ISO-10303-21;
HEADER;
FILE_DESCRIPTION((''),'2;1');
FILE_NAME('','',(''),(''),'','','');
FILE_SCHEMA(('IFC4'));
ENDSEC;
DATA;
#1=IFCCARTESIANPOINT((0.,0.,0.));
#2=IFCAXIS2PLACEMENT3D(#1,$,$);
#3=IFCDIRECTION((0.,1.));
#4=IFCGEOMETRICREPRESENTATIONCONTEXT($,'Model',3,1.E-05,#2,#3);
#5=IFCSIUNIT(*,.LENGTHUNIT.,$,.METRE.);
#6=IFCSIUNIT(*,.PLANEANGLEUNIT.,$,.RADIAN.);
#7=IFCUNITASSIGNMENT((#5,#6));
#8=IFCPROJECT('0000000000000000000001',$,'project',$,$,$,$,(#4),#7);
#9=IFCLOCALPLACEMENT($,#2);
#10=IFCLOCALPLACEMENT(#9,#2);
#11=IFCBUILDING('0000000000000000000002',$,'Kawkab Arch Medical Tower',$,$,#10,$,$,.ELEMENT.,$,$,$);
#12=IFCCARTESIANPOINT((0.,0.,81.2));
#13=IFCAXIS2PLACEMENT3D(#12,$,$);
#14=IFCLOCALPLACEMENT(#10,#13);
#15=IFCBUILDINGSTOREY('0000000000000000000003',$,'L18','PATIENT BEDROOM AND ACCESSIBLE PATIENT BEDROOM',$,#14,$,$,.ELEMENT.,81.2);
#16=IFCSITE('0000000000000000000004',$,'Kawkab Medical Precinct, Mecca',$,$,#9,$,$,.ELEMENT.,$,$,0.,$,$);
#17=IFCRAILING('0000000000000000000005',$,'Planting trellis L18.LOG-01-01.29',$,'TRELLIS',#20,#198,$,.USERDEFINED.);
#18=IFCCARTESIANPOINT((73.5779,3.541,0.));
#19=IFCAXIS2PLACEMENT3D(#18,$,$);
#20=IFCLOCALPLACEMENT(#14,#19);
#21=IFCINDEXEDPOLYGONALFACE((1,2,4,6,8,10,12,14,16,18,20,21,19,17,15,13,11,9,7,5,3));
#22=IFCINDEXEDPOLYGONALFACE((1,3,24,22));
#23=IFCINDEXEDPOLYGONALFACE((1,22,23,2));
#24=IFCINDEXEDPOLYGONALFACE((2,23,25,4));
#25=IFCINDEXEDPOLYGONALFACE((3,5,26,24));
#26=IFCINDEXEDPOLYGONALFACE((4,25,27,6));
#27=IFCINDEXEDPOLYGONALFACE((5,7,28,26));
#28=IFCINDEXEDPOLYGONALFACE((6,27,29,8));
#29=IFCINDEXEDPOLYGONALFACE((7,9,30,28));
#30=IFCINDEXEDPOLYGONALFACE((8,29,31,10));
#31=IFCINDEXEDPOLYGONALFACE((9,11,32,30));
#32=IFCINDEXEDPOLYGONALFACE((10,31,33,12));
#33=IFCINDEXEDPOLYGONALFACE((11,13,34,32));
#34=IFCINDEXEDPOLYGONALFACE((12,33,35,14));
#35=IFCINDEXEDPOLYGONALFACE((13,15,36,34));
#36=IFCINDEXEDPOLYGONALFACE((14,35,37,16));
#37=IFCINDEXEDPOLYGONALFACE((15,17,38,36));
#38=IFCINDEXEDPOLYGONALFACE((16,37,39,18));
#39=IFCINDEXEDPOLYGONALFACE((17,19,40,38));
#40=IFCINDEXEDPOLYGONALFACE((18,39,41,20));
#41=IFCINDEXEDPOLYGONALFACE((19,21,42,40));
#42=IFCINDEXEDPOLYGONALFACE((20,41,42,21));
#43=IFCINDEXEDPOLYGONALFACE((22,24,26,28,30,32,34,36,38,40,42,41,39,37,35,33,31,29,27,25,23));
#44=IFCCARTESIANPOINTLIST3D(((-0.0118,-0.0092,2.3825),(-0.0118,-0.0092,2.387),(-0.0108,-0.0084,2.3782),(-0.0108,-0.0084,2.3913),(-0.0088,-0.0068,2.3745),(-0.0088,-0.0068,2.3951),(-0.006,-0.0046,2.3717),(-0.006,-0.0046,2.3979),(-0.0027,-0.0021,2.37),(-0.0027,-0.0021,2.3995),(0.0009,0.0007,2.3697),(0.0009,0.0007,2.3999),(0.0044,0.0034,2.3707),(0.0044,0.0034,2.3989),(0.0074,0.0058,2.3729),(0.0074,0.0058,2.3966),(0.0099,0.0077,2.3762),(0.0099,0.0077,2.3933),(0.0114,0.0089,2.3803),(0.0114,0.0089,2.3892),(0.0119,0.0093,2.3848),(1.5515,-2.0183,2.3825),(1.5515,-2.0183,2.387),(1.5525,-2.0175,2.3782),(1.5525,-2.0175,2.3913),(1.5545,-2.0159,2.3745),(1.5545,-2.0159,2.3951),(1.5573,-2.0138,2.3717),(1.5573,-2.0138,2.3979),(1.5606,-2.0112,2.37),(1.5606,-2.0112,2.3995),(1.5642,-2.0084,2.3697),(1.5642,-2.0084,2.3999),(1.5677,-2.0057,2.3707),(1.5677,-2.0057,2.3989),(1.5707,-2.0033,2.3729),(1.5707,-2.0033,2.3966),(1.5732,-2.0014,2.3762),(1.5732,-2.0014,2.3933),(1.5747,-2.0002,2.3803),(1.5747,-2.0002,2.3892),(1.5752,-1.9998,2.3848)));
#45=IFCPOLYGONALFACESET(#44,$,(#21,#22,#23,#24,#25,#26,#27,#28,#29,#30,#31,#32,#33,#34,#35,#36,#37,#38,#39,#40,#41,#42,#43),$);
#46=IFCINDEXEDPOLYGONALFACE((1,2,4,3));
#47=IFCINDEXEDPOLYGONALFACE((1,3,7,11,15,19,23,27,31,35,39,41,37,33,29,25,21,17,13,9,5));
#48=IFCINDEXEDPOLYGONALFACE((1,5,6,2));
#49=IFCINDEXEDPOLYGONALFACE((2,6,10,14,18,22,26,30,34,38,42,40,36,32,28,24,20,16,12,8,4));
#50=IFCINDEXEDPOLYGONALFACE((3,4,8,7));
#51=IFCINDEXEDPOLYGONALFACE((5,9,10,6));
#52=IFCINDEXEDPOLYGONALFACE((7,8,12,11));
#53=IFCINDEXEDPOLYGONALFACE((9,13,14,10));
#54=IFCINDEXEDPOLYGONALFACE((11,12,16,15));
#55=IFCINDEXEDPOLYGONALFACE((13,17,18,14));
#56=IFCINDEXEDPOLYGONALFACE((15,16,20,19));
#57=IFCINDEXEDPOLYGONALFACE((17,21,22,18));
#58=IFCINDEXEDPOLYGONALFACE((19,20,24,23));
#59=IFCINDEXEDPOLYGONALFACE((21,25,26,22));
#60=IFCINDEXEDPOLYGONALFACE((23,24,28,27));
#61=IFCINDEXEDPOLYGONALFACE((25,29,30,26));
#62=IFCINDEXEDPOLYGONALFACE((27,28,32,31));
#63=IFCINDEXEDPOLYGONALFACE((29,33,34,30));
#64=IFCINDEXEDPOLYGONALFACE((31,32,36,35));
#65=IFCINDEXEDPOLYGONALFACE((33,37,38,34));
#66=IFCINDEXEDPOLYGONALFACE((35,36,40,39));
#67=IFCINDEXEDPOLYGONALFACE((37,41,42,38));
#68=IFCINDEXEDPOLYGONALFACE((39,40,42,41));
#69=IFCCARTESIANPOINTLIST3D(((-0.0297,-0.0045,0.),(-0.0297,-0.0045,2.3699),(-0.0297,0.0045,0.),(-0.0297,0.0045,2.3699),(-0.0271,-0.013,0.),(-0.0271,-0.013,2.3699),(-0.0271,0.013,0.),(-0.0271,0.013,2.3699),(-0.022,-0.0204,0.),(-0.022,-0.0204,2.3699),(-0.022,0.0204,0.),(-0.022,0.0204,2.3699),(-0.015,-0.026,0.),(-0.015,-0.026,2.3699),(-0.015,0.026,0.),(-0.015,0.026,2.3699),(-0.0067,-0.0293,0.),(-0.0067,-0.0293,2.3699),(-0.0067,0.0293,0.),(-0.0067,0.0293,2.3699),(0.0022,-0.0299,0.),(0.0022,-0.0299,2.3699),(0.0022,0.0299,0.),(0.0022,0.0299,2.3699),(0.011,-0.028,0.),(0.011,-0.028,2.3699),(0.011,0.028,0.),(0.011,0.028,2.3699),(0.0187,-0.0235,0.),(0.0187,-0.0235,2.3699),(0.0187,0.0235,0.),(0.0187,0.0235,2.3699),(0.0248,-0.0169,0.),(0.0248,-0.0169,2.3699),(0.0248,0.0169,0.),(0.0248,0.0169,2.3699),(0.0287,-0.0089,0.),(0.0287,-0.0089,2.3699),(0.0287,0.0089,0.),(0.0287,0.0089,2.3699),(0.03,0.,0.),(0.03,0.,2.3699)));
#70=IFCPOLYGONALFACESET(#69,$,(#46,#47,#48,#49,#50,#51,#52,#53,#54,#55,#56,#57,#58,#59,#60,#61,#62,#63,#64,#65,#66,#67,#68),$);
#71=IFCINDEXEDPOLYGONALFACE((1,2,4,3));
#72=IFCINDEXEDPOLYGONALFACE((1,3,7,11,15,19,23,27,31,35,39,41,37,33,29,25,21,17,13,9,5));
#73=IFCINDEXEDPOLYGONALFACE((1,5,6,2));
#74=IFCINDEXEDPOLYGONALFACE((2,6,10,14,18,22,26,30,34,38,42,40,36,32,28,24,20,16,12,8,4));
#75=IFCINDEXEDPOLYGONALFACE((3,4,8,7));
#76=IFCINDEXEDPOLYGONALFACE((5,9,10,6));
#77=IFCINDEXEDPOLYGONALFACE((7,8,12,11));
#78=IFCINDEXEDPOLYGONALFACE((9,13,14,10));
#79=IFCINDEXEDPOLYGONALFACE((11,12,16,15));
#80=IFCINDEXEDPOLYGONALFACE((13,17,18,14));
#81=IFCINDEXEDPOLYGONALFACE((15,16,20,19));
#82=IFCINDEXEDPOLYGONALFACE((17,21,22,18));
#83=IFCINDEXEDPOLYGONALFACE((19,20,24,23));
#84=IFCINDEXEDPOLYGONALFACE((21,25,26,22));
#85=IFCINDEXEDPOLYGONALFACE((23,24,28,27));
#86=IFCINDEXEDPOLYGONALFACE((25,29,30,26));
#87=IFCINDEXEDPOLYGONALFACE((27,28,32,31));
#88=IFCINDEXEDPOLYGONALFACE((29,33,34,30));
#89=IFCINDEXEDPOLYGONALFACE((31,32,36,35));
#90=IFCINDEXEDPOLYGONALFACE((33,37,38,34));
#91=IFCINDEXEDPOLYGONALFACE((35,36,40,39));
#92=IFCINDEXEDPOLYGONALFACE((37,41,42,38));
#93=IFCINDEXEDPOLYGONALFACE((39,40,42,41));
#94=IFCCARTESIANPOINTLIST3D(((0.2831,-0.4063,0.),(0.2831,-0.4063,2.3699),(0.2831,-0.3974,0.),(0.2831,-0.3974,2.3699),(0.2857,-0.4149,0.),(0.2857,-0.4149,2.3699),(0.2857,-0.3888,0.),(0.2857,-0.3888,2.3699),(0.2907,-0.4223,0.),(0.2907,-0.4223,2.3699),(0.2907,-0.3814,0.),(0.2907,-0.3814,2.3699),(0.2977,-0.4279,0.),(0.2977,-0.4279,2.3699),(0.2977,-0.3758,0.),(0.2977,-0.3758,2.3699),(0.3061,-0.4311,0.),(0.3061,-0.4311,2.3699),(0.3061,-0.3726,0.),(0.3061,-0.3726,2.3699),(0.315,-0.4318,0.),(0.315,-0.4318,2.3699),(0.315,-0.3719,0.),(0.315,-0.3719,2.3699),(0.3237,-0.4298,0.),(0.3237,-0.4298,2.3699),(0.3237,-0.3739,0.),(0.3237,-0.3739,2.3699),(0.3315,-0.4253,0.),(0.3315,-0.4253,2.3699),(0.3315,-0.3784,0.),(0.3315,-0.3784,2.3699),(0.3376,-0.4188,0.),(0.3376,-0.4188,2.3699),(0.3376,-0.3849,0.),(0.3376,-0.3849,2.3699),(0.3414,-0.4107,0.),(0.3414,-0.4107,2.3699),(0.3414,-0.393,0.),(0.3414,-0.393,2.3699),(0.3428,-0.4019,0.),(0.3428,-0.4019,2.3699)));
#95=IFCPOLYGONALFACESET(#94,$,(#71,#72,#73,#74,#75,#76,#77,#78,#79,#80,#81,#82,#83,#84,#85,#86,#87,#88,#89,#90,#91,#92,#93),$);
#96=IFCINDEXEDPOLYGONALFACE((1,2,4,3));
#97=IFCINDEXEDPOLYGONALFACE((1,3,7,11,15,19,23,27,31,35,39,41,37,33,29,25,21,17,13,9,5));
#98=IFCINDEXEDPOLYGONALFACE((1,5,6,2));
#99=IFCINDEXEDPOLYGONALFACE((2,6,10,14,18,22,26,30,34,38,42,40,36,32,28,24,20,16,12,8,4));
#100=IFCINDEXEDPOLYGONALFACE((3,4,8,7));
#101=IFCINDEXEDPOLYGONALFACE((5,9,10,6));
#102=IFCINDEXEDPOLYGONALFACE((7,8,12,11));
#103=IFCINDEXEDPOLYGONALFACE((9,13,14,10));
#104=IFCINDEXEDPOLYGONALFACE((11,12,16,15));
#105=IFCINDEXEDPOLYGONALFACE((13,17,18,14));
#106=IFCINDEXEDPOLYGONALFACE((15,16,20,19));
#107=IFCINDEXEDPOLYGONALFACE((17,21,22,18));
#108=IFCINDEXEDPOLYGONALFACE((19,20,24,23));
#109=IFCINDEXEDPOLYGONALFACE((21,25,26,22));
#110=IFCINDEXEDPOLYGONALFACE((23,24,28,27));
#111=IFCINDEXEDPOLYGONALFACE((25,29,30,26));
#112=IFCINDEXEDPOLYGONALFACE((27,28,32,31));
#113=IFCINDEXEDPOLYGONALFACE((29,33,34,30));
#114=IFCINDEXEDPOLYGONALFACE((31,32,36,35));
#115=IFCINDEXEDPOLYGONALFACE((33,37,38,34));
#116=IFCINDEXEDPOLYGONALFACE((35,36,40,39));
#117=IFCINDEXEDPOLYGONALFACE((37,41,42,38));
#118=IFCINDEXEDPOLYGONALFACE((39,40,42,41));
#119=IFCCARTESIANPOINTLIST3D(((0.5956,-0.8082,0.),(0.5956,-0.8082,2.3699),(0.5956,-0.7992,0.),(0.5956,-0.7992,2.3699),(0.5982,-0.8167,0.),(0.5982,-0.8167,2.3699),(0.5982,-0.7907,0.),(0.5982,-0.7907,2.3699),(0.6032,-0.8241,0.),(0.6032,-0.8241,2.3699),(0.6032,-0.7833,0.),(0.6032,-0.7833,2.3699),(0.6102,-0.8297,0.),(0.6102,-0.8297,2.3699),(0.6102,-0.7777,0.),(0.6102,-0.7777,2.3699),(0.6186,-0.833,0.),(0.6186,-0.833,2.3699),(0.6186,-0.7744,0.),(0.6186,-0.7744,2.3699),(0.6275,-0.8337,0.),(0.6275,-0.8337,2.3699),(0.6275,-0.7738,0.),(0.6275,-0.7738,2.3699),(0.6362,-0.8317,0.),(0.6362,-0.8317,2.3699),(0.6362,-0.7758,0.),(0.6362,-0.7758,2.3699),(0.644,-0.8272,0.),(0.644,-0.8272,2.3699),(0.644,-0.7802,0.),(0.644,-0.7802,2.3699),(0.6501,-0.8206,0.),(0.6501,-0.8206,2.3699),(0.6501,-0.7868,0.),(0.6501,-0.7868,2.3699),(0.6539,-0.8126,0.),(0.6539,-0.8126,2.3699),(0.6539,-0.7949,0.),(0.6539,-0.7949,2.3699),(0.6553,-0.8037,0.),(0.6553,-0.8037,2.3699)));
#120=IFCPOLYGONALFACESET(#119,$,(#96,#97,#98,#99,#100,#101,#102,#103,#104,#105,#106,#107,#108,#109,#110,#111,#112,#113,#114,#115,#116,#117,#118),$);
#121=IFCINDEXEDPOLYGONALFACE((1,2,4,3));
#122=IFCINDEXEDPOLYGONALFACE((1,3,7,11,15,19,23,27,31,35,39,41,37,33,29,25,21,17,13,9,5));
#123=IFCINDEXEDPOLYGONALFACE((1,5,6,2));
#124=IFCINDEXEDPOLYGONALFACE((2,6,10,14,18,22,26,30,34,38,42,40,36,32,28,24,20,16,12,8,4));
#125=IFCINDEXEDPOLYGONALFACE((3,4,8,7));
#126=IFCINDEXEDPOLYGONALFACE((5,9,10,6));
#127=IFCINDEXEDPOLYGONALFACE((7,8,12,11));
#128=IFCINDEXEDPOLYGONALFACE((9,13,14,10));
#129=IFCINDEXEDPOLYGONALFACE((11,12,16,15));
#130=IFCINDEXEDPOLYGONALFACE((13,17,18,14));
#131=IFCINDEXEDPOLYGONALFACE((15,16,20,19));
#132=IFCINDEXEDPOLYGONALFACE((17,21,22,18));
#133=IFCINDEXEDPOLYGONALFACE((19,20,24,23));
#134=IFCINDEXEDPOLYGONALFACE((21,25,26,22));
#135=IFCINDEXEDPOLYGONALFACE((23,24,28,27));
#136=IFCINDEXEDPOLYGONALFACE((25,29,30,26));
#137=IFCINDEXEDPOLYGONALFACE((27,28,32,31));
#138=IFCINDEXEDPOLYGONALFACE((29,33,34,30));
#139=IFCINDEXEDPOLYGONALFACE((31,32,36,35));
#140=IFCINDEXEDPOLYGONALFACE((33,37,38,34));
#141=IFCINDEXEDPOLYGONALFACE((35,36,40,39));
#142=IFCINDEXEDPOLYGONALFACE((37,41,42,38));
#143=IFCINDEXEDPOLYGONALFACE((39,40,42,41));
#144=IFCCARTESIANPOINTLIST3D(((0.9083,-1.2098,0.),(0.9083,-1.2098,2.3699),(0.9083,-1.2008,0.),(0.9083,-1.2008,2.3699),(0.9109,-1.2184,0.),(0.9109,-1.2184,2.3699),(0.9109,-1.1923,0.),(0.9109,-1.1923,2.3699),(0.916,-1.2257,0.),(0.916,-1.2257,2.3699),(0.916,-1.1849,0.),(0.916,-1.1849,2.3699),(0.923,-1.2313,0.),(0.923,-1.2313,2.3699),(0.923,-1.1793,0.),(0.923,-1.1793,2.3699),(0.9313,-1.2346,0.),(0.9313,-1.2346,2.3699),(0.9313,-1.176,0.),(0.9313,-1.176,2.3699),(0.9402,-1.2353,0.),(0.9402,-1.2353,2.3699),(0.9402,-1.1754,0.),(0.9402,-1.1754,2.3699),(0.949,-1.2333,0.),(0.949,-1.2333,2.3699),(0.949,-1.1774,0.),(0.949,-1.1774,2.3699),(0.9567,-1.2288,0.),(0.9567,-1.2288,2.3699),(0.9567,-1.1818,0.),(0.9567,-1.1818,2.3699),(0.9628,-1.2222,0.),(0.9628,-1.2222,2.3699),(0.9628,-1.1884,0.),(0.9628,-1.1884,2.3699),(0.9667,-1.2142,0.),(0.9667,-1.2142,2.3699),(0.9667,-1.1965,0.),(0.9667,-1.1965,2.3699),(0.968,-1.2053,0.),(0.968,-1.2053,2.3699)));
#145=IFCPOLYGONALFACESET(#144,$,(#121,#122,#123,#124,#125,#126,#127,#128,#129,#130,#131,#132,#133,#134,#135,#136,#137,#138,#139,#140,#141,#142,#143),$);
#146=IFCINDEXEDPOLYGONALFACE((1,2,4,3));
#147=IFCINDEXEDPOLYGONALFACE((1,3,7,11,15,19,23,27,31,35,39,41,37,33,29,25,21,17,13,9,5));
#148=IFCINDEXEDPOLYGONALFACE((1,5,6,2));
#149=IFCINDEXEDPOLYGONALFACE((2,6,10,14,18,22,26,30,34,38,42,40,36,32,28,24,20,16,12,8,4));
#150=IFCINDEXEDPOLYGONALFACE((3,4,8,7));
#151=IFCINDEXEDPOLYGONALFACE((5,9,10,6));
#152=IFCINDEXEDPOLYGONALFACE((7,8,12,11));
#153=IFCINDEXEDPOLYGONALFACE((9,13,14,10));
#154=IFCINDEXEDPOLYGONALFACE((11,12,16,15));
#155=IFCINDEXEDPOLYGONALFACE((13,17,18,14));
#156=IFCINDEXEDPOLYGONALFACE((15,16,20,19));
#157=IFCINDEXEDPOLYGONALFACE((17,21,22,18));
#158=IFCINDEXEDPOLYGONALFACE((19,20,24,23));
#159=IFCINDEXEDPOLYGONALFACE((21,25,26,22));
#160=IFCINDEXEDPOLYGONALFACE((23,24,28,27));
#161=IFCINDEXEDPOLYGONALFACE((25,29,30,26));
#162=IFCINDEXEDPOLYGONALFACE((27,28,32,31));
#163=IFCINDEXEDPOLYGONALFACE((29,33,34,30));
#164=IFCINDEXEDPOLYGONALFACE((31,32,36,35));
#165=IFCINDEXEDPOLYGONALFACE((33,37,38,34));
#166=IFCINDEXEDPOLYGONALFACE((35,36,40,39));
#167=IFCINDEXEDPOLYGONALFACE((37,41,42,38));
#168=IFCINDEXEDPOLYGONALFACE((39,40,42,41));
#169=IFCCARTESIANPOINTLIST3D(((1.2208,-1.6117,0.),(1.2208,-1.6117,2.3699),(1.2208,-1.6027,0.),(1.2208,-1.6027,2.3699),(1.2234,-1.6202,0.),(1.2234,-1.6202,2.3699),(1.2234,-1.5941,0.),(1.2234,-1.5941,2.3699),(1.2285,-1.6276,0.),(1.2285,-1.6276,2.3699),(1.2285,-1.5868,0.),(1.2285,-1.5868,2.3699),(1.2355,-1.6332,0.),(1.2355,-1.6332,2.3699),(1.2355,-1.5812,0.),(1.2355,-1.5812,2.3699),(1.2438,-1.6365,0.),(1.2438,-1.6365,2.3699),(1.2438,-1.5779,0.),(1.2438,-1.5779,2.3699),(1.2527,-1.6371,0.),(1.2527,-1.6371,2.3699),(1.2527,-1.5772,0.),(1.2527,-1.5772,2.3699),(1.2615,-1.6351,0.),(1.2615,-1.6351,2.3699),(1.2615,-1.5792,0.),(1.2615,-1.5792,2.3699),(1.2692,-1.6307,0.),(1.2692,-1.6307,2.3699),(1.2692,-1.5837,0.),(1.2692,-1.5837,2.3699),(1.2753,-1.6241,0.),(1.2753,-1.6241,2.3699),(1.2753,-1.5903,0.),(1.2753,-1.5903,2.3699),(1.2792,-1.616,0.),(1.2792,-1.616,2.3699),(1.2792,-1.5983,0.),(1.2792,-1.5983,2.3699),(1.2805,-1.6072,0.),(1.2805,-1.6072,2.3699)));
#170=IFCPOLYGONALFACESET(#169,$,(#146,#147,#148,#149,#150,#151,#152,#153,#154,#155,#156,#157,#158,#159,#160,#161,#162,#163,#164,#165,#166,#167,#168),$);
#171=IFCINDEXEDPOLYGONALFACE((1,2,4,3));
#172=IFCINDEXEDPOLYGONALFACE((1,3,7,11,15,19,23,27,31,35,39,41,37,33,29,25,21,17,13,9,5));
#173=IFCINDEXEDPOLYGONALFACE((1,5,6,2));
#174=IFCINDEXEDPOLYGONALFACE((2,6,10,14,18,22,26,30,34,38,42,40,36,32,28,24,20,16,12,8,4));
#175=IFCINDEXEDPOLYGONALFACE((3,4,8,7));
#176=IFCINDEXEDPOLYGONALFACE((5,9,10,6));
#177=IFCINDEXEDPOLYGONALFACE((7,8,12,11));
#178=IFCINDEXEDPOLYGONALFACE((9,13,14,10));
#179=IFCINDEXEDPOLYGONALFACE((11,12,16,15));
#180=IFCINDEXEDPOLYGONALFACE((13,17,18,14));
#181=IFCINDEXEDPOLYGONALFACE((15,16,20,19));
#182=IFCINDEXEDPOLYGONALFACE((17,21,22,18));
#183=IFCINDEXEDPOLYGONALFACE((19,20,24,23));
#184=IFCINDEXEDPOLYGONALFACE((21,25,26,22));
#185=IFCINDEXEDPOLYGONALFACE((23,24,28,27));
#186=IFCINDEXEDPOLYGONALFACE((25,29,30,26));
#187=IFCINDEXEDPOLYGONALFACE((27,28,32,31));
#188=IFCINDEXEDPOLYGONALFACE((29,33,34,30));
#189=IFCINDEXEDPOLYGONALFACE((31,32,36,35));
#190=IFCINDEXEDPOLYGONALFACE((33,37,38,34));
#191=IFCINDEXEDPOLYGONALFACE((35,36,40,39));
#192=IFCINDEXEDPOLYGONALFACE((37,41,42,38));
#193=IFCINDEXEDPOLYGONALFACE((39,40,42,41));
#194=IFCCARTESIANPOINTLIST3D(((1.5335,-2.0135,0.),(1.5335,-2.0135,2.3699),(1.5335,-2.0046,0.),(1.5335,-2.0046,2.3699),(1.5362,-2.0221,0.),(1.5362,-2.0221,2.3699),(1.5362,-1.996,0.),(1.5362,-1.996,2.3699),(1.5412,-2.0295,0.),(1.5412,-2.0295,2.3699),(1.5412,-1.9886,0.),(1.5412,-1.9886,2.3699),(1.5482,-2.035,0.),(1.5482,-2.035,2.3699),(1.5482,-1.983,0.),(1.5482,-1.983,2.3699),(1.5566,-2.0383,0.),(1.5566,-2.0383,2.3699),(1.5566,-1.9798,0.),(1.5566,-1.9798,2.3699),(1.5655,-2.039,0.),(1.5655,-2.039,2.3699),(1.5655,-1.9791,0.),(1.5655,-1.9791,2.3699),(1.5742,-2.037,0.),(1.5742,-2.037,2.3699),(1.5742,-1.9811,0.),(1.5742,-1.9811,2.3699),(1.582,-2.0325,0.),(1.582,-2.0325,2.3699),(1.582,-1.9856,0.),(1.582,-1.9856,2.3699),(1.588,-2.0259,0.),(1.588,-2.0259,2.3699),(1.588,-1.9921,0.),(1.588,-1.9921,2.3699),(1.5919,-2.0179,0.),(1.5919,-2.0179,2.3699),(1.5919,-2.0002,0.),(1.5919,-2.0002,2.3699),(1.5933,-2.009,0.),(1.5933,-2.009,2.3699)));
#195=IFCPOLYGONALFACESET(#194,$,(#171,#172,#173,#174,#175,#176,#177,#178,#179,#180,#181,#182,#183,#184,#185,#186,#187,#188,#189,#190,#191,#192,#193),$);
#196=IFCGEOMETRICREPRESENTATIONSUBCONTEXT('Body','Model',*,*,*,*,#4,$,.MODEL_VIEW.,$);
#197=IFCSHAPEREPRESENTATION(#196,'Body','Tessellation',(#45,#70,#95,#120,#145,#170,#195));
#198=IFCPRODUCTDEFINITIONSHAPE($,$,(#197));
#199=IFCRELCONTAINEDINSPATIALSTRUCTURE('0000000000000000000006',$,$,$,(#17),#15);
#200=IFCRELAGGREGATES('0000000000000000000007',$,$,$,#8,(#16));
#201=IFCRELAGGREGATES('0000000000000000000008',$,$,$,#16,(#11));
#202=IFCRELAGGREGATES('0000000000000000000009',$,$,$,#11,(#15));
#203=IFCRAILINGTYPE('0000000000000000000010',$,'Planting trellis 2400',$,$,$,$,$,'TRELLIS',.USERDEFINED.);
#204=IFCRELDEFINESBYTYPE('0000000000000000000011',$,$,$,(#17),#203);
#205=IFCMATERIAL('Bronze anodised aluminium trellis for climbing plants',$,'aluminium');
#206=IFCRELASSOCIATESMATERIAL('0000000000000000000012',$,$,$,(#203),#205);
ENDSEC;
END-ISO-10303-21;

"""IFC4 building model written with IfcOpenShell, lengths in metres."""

from ifc_helpers import new_model, si_unit, direction, frame, origin, origin_2d, place, context, subcontext, project, spatial, circle, extrude, material, type_object, element, save


model = new_model("IFC4")

# Units and contexts
model_context = context("Model", 3, precision=1e-05, world=origin(), true_north=direction((0.0, 1.0)))
body_context = subcontext(model_context, "Body", "Model", "MODEL_VIEW")
ifc_project = project(units=[si_unit("LENGTHUNIT", "METRE"), si_unit("PLANEANGLEUNIT", "RADIAN")], contexts=[model_context])

# Site, building, storey
site_placement = place(None, origin())
site = spatial("IfcSite", under=ifc_project, at=site_placement, Name="Kawkab Medical Precinct, Mecca", CompositionType="ELEMENT", RefElevation=0.0)
building_placement = place(site_placement, origin())
building = spatial("IfcBuilding", under=site, at=building_placement, Name="Kawkab Arch Medical Tower", CompositionType="ELEMENT")
storey_placement = place(building_placement, frame((0.0, 0.0, 81.2)))
storey = spatial("IfcBuildingStorey", under=building, at=storey_placement, Name="L18", Description="PATIENT BEDROOM AND ACCESSIBLE PATIENT BEDROOM", CompositionType="ELEMENT", Elevation=81.2)

# Railing
ifc_material_1 = material(Name="Bronze anodised aluminium trellis for climbing plants", Category="aluminium")
railing_type = type_object("IfcRailingType", Name="Planting trellis 2400", ElementType="TRELLIS", PredefinedType="USERDEFINED", material=ifc_material_1)
railing_1_placement = place(storey_placement, frame((73.5779, 3.541, 0.0)))
element("IfcRailing", 1, at=railing_1_placement, inside=storey, type_object=railing_type, Name="Planting trellis L18.LOG-01-01.29", ObjectType="TRELLIS", PredefinedType="USERDEFINED", context=body_context, shape_type="SweptSolid", body=[
    extrude(circle(Radius=0.0151, at=origin_2d()), frame((0.0, 0.0, 2.3848), z_axis=(0.6141, -0.789228, 0.0), x_axis=(0.789228, 0.6141, 0.0)), (0.0, 0.0, 1.0), 2.5457),
    extrude(circle(Radius=0.03, at=origin_2d()), origin(), (0.0, 0.0, 1.0), 2.3699),
    extrude(circle(Radius=0.03, at=origin_2d()), frame((0.3127, -0.4019, 0.0)), (0.0, 0.0, 1.0), 2.3699),
    extrude(circle(Radius=0.03, at=origin_2d()), frame((0.6252, -0.8037, 0.0)), (0.0, 0.0, 1.0), 2.3699),
    extrude(circle(Radius=0.03, at=origin_2d()), frame((0.938, -1.2053, 0.0)), (0.0, 0.0, 1.0), 2.3699),
    extrude(circle(Radius=0.03, at=origin_2d()), frame((1.2505, -1.6072, 0.0)), (0.0, 0.0, 1.0), 2.3699),
    extrude(circle(Radius=0.03, at=origin_2d()), frame((1.5632, -2.009, 0.0)), (0.0, 0.0, 1.0), 2.3699),
])

save(model, "model.ifc")
